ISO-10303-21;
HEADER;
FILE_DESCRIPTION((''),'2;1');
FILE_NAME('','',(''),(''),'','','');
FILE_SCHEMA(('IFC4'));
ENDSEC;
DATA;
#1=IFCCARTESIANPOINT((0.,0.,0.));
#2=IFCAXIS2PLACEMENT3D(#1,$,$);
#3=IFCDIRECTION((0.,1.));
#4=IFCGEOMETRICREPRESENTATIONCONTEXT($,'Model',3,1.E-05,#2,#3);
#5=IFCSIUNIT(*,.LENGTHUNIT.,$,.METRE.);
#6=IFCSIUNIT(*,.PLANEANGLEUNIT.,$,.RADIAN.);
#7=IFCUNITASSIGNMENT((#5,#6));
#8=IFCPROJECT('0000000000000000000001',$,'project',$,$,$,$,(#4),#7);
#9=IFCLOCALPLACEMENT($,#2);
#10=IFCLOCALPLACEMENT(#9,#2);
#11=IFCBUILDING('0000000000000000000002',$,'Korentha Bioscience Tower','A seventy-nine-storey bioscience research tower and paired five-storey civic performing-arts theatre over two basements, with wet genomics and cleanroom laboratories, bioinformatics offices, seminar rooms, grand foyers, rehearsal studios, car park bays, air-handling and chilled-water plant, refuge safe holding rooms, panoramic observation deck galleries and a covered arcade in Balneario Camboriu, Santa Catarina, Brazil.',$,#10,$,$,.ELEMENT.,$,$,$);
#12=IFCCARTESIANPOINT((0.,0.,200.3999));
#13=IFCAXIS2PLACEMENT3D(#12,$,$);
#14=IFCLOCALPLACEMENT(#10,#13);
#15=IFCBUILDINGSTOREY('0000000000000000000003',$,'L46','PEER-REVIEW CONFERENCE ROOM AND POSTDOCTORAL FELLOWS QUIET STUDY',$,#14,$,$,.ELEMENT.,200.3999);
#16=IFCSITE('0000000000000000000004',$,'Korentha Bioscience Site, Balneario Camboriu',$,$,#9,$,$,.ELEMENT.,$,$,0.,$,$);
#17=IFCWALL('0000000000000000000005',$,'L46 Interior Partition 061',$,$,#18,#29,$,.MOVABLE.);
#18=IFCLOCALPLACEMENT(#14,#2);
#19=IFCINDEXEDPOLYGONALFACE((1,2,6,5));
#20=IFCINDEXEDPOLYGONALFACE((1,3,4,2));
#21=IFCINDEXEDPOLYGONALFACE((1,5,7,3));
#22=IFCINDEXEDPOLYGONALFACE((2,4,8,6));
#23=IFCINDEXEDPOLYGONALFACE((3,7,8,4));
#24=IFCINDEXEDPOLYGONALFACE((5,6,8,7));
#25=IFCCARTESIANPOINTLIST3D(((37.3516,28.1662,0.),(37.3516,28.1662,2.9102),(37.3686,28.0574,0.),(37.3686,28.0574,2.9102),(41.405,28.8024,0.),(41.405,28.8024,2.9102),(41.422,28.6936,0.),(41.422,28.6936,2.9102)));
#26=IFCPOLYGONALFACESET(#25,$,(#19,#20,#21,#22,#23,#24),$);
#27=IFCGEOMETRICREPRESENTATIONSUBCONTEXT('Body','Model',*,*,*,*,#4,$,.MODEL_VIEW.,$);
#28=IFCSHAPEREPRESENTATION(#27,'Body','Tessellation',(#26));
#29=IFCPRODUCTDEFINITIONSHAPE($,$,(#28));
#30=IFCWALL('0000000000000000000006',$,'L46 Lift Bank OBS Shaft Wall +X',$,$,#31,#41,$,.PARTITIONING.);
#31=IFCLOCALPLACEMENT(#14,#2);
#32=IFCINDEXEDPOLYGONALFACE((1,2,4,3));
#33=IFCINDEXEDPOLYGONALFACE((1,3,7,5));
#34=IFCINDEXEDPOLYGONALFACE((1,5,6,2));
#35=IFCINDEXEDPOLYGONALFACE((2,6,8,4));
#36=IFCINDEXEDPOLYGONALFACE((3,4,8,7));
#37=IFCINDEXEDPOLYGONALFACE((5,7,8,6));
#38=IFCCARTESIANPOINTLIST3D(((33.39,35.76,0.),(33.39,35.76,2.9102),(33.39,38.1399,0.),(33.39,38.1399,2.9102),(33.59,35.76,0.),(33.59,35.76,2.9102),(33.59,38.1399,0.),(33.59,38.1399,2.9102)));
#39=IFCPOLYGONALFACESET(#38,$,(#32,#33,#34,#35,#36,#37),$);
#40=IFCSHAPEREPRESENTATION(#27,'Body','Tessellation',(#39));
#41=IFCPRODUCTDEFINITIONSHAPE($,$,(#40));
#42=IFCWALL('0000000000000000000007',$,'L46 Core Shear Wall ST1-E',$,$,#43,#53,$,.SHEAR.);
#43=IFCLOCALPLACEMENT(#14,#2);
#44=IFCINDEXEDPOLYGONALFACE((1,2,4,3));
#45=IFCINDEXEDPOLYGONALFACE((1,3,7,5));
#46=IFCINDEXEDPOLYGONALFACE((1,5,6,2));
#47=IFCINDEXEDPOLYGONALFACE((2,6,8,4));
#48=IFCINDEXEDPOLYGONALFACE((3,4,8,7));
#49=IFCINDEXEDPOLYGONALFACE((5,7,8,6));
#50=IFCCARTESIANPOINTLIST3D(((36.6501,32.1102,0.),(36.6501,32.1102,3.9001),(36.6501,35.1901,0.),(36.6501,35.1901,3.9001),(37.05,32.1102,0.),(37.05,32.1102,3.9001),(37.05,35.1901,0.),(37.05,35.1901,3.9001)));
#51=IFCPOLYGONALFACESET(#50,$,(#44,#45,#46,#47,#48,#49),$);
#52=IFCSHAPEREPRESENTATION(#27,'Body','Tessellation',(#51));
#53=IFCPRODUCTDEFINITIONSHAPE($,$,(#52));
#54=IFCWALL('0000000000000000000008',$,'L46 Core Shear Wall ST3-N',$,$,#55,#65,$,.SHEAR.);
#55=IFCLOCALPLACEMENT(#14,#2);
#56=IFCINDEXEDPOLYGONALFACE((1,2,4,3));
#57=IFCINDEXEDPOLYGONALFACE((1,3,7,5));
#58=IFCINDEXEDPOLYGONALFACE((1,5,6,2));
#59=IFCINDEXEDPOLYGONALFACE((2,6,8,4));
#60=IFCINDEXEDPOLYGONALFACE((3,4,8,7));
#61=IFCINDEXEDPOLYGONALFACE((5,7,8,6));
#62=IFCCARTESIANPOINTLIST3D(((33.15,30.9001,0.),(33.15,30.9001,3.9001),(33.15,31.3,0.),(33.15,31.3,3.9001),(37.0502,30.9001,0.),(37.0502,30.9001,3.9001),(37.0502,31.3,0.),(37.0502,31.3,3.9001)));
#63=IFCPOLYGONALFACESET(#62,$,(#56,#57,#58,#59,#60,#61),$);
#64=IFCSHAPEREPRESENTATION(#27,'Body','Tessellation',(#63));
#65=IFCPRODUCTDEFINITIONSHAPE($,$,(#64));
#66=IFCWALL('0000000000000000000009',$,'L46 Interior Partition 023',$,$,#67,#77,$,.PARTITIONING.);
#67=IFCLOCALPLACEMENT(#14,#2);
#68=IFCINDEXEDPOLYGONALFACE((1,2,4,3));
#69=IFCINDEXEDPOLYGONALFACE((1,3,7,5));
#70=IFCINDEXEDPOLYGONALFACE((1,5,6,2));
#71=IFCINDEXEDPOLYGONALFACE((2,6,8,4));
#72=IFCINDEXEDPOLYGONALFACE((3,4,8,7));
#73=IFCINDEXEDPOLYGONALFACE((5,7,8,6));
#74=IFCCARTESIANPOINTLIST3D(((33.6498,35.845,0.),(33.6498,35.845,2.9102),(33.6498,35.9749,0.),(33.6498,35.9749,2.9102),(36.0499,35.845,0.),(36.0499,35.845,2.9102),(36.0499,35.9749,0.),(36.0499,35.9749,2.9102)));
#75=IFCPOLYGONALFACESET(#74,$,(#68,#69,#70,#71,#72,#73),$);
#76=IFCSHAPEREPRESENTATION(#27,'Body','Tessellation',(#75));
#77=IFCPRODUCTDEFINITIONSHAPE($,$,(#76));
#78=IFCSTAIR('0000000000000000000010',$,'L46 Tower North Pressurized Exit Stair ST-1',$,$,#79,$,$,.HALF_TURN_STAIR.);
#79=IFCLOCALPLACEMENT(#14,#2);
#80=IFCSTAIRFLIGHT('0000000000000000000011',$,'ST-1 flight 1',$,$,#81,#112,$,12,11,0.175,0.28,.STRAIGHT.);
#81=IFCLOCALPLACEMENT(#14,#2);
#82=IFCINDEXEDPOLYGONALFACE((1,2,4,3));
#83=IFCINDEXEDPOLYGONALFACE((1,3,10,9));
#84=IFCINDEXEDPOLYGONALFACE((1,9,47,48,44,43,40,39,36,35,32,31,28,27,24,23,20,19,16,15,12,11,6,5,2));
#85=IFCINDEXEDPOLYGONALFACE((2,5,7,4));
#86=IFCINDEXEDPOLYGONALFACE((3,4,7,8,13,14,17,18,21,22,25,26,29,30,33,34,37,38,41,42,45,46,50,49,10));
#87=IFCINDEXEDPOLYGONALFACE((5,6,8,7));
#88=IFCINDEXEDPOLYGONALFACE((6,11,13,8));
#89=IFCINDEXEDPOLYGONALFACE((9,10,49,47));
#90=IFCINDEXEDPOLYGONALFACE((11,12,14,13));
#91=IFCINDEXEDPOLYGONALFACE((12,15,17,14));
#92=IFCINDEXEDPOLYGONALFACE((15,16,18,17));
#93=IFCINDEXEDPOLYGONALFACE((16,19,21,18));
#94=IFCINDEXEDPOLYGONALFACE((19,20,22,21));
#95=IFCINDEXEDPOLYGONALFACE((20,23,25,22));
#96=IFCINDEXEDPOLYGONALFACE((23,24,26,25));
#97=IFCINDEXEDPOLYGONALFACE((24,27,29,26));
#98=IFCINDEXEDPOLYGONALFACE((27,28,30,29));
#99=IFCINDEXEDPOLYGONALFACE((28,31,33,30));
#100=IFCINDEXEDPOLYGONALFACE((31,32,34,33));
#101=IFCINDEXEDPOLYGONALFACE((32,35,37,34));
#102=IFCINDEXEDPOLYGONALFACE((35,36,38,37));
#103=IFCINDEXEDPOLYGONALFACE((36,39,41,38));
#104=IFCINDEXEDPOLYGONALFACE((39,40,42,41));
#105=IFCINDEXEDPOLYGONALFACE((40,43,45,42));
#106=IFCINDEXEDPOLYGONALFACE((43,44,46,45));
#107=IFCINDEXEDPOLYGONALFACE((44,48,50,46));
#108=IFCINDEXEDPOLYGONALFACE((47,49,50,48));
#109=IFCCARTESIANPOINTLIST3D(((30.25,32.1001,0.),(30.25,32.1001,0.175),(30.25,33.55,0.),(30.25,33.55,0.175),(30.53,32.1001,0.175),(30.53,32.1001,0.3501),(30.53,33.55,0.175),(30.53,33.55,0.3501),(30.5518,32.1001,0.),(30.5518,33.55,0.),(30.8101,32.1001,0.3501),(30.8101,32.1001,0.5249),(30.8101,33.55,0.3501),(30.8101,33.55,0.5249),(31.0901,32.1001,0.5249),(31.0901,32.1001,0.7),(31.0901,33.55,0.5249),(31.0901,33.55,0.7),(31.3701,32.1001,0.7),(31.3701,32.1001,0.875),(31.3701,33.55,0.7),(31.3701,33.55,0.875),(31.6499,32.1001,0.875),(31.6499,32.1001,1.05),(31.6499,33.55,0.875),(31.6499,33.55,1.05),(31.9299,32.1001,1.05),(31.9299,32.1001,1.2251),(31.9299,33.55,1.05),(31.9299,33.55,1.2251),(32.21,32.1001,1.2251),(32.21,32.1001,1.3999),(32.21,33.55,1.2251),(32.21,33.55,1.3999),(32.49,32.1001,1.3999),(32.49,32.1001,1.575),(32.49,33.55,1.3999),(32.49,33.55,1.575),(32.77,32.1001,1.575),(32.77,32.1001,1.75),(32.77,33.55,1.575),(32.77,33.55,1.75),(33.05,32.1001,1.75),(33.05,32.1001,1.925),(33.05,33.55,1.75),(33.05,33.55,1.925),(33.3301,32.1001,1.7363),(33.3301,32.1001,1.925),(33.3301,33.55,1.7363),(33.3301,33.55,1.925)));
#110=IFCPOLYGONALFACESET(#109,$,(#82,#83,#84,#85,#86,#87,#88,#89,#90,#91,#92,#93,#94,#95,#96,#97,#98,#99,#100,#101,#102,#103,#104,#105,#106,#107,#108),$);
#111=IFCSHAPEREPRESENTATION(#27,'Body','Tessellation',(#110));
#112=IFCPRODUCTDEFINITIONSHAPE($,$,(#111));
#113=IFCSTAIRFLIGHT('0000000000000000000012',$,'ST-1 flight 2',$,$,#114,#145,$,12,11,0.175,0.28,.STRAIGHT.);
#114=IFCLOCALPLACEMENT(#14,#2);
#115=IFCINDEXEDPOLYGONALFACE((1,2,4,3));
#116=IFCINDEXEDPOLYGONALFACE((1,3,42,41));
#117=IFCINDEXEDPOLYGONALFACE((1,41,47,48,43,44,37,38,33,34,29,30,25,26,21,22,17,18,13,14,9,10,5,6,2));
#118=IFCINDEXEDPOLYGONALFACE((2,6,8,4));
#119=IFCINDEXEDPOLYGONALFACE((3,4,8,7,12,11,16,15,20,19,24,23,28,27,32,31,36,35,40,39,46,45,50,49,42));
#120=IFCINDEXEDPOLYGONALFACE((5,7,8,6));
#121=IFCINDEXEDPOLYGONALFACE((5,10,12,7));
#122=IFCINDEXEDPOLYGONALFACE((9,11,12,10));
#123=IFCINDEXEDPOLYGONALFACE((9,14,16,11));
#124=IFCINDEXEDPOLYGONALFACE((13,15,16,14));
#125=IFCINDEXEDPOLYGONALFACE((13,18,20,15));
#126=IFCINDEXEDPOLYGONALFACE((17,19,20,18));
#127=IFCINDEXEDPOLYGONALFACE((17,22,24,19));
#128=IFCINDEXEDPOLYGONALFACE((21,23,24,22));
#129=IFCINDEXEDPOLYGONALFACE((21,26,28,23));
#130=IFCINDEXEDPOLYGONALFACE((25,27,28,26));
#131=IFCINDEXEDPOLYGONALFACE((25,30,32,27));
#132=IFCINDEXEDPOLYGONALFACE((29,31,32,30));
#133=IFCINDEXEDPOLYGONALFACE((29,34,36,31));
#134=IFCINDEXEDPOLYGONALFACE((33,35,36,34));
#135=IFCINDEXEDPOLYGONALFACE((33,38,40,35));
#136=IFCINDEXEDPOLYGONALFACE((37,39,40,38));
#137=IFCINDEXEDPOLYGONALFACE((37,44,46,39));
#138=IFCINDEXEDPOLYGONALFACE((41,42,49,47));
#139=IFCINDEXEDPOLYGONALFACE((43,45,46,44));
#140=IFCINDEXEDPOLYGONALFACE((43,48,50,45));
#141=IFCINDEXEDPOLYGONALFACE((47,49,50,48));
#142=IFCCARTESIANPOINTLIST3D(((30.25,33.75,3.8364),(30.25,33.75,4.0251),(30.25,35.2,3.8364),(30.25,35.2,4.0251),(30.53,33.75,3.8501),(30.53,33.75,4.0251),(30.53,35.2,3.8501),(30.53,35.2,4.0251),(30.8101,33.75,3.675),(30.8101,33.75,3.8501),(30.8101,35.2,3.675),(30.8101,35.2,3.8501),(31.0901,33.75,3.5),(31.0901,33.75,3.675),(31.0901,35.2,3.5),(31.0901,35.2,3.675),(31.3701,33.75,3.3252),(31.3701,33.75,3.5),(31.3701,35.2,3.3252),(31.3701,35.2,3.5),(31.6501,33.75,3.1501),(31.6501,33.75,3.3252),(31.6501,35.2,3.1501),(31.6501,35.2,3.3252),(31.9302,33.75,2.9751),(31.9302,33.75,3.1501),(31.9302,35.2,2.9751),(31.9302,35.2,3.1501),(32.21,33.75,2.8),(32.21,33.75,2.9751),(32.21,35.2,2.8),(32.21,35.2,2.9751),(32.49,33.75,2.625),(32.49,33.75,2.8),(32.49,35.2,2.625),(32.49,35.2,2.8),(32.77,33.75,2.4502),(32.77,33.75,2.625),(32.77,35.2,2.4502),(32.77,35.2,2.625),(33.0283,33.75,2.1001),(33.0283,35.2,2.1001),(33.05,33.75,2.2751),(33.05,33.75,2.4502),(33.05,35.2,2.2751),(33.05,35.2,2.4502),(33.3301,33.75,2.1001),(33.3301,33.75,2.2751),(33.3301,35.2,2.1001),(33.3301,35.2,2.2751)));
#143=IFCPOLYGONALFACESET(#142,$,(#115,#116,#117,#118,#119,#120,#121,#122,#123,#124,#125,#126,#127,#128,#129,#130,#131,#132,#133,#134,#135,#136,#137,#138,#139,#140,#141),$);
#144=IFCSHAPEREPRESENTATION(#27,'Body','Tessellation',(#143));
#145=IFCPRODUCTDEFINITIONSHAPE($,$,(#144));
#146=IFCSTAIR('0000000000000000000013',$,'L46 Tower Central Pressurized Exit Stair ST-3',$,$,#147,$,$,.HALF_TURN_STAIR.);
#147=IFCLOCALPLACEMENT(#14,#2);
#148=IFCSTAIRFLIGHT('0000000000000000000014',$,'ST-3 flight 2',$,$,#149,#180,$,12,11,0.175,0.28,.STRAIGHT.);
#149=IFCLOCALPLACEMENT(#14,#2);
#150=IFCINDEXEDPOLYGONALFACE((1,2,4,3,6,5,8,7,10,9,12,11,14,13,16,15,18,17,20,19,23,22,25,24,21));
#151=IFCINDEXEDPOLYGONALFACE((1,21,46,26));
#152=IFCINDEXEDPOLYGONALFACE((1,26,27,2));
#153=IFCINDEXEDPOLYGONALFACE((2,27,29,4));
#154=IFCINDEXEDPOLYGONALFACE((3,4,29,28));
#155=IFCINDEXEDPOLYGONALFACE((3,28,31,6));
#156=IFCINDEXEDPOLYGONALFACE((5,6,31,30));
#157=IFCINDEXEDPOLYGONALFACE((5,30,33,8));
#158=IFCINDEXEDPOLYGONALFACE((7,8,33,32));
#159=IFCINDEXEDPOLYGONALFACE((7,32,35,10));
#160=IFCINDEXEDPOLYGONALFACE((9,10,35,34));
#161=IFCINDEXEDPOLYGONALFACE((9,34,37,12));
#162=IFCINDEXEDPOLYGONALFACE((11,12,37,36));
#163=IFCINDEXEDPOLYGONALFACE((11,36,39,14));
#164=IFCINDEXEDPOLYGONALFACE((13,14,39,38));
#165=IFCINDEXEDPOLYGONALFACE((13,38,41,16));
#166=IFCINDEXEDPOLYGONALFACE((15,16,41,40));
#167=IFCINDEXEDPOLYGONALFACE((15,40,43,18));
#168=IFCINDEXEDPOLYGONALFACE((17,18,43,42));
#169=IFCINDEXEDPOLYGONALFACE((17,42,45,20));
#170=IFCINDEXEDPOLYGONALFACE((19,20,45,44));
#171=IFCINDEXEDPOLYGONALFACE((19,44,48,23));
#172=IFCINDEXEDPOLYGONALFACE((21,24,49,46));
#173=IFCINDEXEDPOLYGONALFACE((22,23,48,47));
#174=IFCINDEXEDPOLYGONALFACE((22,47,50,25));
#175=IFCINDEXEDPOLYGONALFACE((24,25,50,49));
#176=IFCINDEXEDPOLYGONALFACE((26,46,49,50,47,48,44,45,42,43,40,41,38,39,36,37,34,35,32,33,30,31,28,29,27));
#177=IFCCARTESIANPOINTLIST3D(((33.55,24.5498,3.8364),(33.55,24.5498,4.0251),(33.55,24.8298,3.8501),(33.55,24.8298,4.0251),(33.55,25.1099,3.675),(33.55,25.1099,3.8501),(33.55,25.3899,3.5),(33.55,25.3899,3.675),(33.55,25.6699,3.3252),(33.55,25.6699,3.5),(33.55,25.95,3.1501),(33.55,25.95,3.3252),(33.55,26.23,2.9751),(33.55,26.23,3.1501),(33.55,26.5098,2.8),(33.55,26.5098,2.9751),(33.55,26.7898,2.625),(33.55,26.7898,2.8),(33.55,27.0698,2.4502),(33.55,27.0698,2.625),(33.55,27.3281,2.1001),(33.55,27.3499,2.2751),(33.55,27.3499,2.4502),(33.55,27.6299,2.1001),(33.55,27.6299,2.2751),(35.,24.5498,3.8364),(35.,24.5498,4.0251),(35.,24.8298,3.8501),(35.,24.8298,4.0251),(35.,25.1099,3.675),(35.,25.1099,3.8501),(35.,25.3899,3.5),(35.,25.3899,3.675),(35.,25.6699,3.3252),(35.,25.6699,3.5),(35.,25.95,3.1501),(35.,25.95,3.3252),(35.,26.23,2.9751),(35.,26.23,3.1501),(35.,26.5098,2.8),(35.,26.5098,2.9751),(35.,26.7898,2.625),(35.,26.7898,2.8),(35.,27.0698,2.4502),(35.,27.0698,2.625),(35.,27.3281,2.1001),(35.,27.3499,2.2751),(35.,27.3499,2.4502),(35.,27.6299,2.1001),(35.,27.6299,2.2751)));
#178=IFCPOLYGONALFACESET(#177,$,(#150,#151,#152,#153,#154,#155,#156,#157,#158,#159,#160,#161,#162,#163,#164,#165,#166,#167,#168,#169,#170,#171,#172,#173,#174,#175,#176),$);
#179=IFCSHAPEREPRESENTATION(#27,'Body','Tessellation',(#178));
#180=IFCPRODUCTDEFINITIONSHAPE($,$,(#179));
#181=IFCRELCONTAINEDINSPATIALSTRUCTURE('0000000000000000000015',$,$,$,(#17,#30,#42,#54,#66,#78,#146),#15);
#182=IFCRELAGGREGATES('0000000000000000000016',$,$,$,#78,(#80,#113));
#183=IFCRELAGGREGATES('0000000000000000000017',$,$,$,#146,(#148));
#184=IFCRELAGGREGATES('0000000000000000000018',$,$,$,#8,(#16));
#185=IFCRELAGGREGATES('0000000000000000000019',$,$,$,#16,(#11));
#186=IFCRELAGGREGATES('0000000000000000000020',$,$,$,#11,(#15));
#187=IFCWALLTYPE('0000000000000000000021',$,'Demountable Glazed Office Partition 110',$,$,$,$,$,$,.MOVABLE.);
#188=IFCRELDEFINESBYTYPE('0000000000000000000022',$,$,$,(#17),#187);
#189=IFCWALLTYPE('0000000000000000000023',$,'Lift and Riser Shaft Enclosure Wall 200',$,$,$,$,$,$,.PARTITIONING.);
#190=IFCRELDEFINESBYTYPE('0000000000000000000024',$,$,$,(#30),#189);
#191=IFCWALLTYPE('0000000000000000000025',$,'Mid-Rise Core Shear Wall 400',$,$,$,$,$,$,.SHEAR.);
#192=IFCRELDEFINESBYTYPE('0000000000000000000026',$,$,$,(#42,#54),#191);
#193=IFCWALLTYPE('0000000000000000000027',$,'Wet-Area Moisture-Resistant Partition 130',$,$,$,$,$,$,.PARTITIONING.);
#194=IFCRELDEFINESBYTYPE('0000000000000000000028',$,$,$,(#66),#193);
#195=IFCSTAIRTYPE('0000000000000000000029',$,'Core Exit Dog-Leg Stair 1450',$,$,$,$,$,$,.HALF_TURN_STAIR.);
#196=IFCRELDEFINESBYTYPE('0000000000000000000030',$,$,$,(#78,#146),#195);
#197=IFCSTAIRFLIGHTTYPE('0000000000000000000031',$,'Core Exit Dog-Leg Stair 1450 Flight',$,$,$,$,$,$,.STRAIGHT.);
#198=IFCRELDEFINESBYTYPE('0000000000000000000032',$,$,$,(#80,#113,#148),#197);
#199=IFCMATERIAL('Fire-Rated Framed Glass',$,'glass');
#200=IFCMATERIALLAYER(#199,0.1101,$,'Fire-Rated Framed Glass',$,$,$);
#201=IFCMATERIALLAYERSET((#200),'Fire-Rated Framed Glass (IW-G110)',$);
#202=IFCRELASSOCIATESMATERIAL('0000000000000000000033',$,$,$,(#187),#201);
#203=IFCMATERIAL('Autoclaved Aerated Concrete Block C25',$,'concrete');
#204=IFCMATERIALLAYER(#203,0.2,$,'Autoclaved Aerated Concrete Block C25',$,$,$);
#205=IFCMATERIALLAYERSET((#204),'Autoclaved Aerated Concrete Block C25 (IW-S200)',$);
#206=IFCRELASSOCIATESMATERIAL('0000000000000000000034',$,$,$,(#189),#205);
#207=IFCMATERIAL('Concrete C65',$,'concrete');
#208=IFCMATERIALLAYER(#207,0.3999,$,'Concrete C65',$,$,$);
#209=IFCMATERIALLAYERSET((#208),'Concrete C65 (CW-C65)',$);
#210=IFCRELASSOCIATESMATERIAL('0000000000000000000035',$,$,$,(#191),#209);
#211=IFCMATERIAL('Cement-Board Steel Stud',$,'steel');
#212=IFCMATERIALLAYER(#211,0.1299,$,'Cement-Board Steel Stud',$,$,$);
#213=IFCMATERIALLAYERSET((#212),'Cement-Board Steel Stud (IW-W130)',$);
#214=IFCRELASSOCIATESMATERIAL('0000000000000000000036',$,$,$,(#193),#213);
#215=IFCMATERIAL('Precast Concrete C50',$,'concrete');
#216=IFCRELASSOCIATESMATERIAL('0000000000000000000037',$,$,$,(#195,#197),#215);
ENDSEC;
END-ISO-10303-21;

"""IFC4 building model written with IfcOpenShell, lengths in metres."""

from ifc_helpers import new_model, si_unit, direction, frame, frame_2d, origin, place, context, subcontext, project, spatial, polyline, rectangle, outline, extrude, material, layer, layer_set, type_object, element, aggregate, save


model = new_model("IFC4")

# Units and contexts
model_context = context("Model", 3, precision=1e-05, world=origin(), true_north=direction((0.0, 1.0)))
body_context = subcontext(model_context, "Body", "Model", "MODEL_VIEW")
ifc_project = project(units=[si_unit("LENGTHUNIT", "METRE"), si_unit("PLANEANGLEUNIT", "RADIAN")], contexts=[model_context])

# Site, building, storey
site_placement = place(None, origin())
site = spatial("IfcSite", under=ifc_project, at=site_placement, Name="Korentha Bioscience Site, Balneario Camboriu", CompositionType="ELEMENT", RefElevation=0.0)
building_placement = place(site_placement, origin())
building = spatial("IfcBuilding", under=site, at=building_placement, Name="Korentha Bioscience Tower", Description="A seventy-nine-storey bioscience research tower and paired five-storey civic performing-arts theatre over two basements, with wet genomics and cleanroom laboratories, bioinformatics offices, seminar rooms, grand foyers, rehearsal studios, car park bays, air-handling and chilled-water plant, refuge safe holding rooms, panoramic observation deck galleries and a covered arcade in Balneario Camboriu, Santa Catarina, Brazil.", CompositionType="ELEMENT")
storey_placement = place(building_placement, frame((0.0, 0.0, 200.3999)))
storey = spatial("IfcBuildingStorey", under=building, at=storey_placement, Name="L46", Description="PEER-REVIEW CONFERENCE ROOM AND POSTDOCTORAL FELLOWS QUIET STUDY", CompositionType="ELEMENT", Elevation=200.3999)

# Shared definitions
ifc_material_1 = material(Name="Concrete C65", Category="concrete")

# Walls
ifc_material_2 = material(Name="Fire-Rated Framed Glass", Category="glass")
ifc_layer_1 = layer(ifc_material_2, 0.1101, Name="Fire-Rated Framed Glass")
ifc_layer_set_1 = layer_set([ifc_layer_1], Name="Fire-Rated Framed Glass (IW-G110)")
wall_type_1 = type_object("IfcWallType", Name="Demountable Glazed Office Partition 110", PredefinedType="MOVABLE", material=ifc_layer_set_1)
wall_1_placement = place(storey_placement, frame((37.3601, 28.1118, 0.0), z_axis=(0.0, 0.0, 1.0), x_axis=(0.987905, 0.155061, 0.0)))
element("IfcWall", 1, at=wall_1_placement, inside=storey, type_object=wall_type_1, Name="L46 Interior Partition 061", PredefinedType="MOVABLE", context=body_context, shape_type="SweptSolid", body=[
    extrude(rectangle(XDim=4.103, YDim=0.1101, at=frame_2d((2.0515, 0.0))), origin(), (0.0, 0.0, 1.0), 2.9102),
])
ifc_material_3 = material(Name="Autoclaved Aerated Concrete Block C25", Category="concrete")
ifc_layer_2 = layer(ifc_material_3, 0.2, Name="Autoclaved Aerated Concrete Block C25")
ifc_layer_set_2 = layer_set([ifc_layer_2], Name="Autoclaved Aerated Concrete Block C25 (IW-S200)")
wall_type_2 = type_object("IfcWallType", Name="Lift and Riser Shaft Enclosure Wall 200", PredefinedType="PARTITIONING", material=ifc_layer_set_2)
wall_2_placement = place(storey_placement, frame((33.49, 35.76, 0.0), z_axis=(0.0, 0.0, 1.0), x_axis=(0.0, 1.0, 0.0)))
element("IfcWall", 2, at=wall_2_placement, inside=storey, type_object=wall_type_2, Name="L46 Lift Bank OBS Shaft Wall +X", PredefinedType="PARTITIONING", context=body_context, shape_type="SweptSolid", body=[
    extrude(rectangle(XDim=2.3799, YDim=0.2, at=frame_2d((1.1899, 0.0))), origin(), (0.0, 0.0, 1.0), 2.9102),
])
ifc_layer_3 = layer(ifc_material_1, 0.3999, Name="Concrete C65")
ifc_layer_set_3 = layer_set([ifc_layer_3], Name="Concrete C65 (CW-C65)")
wall_type_3 = type_object("IfcWallType", Name="Mid-Rise Core Shear Wall 400", PredefinedType="SHEAR", material=ifc_layer_set_3)
wall_3_placement = place(storey_placement, frame((36.8501, 32.1101, 0.0), z_axis=(0.0, 0.0, 1.0), x_axis=(0.0, 1.0, 0.0)))
element("IfcWall", 3, at=wall_3_placement, inside=storey, type_object=wall_type_3, Name="L46 Core Shear Wall ST1-E", PredefinedType="SHEAR", context=body_context, shape_type="SweptSolid", body=[
    extrude(rectangle(XDim=3.0798, YDim=0.3999, at=frame_2d((1.54, 0.0))), origin(), (0.0, 0.0, 1.0), 3.9001),
])
wall_4_placement = place(storey_placement, frame((33.1499, 31.1001, 0.0), z_axis=(0.0, 0.0, 1.0), x_axis=(1.0, 0.0, 0.0)))
element("IfcWall", 4, at=wall_4_placement, inside=storey, type_object=wall_type_3, Name="L46 Core Shear Wall ST3-N", PredefinedType="SHEAR", context=body_context, shape_type="SweptSolid", body=[
    extrude(rectangle(XDim=3.9001, YDim=0.3999, at=frame_2d((1.9502, 0.0))), origin(), (0.0, 0.0, 1.0), 3.9001),
])
ifc_material_4 = material(Name="Cement-Board Steel Stud", Category="steel")
ifc_layer_4 = layer(ifc_material_4, 0.1299, Name="Cement-Board Steel Stud")
ifc_layer_set_4 = layer_set([ifc_layer_4], Name="Cement-Board Steel Stud (IW-W130)")
wall_type_4 = type_object("IfcWallType", Name="Wet-Area Moisture-Resistant Partition 130", PredefinedType="PARTITIONING", material=ifc_layer_set_4)
wall_5_placement = place(storey_placement, frame((36.05, 35.9099, 0.0), z_axis=(0.0, 0.0, 1.0), x_axis=(-1.0, 0.0, 0.0)))
element("IfcWall", 5, at=wall_5_placement, inside=storey, type_object=wall_type_4, Name="L46 Interior Partition 023", PredefinedType="PARTITIONING", context=body_context, shape_type="SweptSolid", body=[
    extrude(rectangle(XDim=2.4001, YDim=0.1299, at=frame_2d((1.2002, 0.0))), origin(), (0.0, 0.0, 1.0), 2.9102),
])

# Stair, stair flights
ifc_material_5 = material(Name="Precast Concrete C50", Category="concrete")
stair_type = type_object("IfcStairType", Name="Core Exit Dog-Leg Stair 1450", PredefinedType="HALF_TURN_STAIR", material=ifc_material_5)
stair_1_placement = place(storey_placement, origin())
stair_1 = element("IfcStair", 6, at=stair_1_placement, inside=storey, type_object=stair_type, Name="L46 Tower North Pressurized Exit Stair ST-1", PredefinedType="HALF_TURN_STAIR")
stair_flight_type = type_object("IfcStairFlightType", Name="Core Exit Dog-Leg Stair 1450 Flight", PredefinedType="STRAIGHT", material=ifc_material_5)
stair_flight_1_placement = place(storey_placement, frame((30.25, 32.825, 0.0), z_axis=(0.0, 0.0, 1.0), x_axis=(1.0, 0.0, 0.0)))
stair_flight_1 = element("IfcStairFlight", 7, at=stair_flight_1_placement, type_object=stair_flight_type, Name="ST-1 flight 1", NumberOfRisers=12, NumberOfTreads=11, PredefinedType="STRAIGHT", RiserHeight=0.175, TreadLength=0.28, context=body_context, shape_type="SweptSolid", body=[
    extrude(outline(polyline([(0.0, 0.0), (0.0, 0.175), (0.28, 0.175), (0.28, 0.3501), (0.5601, 0.3501), (0.5601, 0.5249), (0.8401, 0.5249), (0.8401, 0.7), (1.1201, 0.7), (1.1201, 0.875), (1.3999, 0.875), (1.3999, 1.05), (1.6799, 1.05), (1.6799, 1.2251), (1.96, 1.2251), (1.96, 1.3999), (2.24, 1.3999), (2.24, 1.575), (2.52, 1.575), (2.52, 1.75), (2.8, 1.75), (2.8, 1.925), (3.0801, 1.925), (3.0801, 2.1001), (3.0801, 1.7363), (0.3018, 0.0), (0.0, 0.0)])), frame((0.0, 0.7251, 0.0), z_axis=(0.0, -1.0, 0.0), x_axis=(1.0, 0.0, 0.0)), (0.0, 0.0, 1.0), 1.45),
])
stair_flight_2_placement = place(storey_placement, frame((33.3301, 34.4751, 2.1001), z_axis=(0.0, 0.0, 1.0), x_axis=(-1.0, 0.0, 0.0)))
stair_flight_2 = element("IfcStairFlight", 8, at=stair_flight_2_placement, type_object=stair_flight_type, Name="ST-1 flight 2", NumberOfRisers=12, NumberOfTreads=11, PredefinedType="STRAIGHT", RiserHeight=0.175, TreadLength=0.28, context=body_context, shape_type="SweptSolid", body=[
    extrude(outline(polyline([(0.0, 0.0), (0.0, 0.175), (0.28, 0.175), (0.28, 0.3501), (0.5601, 0.3501), (0.5601, 0.5249), (0.8401, 0.5249), (0.8401, 0.7), (1.1201, 0.7), (1.1201, 0.875), (1.3999, 0.875), (1.3999, 1.05), (1.6799, 1.05), (1.6799, 1.2251), (1.96, 1.2251), (1.96, 1.3999), (2.24, 1.3999), (2.24, 1.575), (2.52, 1.575), (2.52, 1.75), (2.8, 1.75), (2.8, 1.925), (3.0801, 1.925), (3.0801, 2.1001), (3.0801, 1.7363), (0.3018, 0.0), (0.0, 0.0)])), frame((0.0, 0.7251, 0.0), z_axis=(0.0, -1.0, 0.0), x_axis=(1.0, 0.0, 0.0)), (0.0, 0.0, 1.0), 1.45),
])
aggregate(stair_1, [stair_flight_1, stair_flight_2])

# Stair, stair flight
stair_2_placement = place(storey_placement, origin())
stair_2 = element("IfcStair", 9, at=stair_2_placement, inside=storey, type_object=stair_type, Name="L46 Tower Central Pressurized Exit Stair ST-3", PredefinedType="HALF_TURN_STAIR")
stair_flight_3_placement = place(storey_placement, frame((34.2749, 27.6299, 2.1001), z_axis=(0.0, 0.0, 1.0), x_axis=(0.0, -1.0, 0.0)))
stair_flight_3 = element("IfcStairFlight", 10, at=stair_flight_3_placement, type_object=stair_flight_type, Name="ST-3 flight 2", NumberOfRisers=12, NumberOfTreads=11, PredefinedType="STRAIGHT", RiserHeight=0.175, TreadLength=0.28, context=body_context, shape_type="SweptSolid", body=[
    extrude(outline(polyline([(0.0, 0.0), (0.0, 0.175), (0.28, 0.175), (0.28, 0.3501), (0.5601, 0.3501), (0.5601, 0.5249), (0.8401, 0.5249), (0.8401, 0.7), (1.1201, 0.7), (1.1201, 0.875), (1.3999, 0.875), (1.3999, 1.05), (1.6799, 1.05), (1.6799, 1.2251), (1.96, 1.2251), (1.96, 1.3999), (2.24, 1.3999), (2.24, 1.575), (2.52, 1.575), (2.52, 1.75), (2.8, 1.75), (2.8, 1.925), (3.0801, 1.925), (3.0801, 2.1001), (3.0801, 1.7363), (0.3018, 0.0), (0.0, 0.0)])), frame((0.0, 0.7251, 0.0), z_axis=(0.0, -1.0, 0.0), x_axis=(1.0, 0.0, 0.0)), (0.0, 0.0, 1.0), 1.45),
])
aggregate(stair_2, [stair_flight_3])

save(model, "model.ifc")
